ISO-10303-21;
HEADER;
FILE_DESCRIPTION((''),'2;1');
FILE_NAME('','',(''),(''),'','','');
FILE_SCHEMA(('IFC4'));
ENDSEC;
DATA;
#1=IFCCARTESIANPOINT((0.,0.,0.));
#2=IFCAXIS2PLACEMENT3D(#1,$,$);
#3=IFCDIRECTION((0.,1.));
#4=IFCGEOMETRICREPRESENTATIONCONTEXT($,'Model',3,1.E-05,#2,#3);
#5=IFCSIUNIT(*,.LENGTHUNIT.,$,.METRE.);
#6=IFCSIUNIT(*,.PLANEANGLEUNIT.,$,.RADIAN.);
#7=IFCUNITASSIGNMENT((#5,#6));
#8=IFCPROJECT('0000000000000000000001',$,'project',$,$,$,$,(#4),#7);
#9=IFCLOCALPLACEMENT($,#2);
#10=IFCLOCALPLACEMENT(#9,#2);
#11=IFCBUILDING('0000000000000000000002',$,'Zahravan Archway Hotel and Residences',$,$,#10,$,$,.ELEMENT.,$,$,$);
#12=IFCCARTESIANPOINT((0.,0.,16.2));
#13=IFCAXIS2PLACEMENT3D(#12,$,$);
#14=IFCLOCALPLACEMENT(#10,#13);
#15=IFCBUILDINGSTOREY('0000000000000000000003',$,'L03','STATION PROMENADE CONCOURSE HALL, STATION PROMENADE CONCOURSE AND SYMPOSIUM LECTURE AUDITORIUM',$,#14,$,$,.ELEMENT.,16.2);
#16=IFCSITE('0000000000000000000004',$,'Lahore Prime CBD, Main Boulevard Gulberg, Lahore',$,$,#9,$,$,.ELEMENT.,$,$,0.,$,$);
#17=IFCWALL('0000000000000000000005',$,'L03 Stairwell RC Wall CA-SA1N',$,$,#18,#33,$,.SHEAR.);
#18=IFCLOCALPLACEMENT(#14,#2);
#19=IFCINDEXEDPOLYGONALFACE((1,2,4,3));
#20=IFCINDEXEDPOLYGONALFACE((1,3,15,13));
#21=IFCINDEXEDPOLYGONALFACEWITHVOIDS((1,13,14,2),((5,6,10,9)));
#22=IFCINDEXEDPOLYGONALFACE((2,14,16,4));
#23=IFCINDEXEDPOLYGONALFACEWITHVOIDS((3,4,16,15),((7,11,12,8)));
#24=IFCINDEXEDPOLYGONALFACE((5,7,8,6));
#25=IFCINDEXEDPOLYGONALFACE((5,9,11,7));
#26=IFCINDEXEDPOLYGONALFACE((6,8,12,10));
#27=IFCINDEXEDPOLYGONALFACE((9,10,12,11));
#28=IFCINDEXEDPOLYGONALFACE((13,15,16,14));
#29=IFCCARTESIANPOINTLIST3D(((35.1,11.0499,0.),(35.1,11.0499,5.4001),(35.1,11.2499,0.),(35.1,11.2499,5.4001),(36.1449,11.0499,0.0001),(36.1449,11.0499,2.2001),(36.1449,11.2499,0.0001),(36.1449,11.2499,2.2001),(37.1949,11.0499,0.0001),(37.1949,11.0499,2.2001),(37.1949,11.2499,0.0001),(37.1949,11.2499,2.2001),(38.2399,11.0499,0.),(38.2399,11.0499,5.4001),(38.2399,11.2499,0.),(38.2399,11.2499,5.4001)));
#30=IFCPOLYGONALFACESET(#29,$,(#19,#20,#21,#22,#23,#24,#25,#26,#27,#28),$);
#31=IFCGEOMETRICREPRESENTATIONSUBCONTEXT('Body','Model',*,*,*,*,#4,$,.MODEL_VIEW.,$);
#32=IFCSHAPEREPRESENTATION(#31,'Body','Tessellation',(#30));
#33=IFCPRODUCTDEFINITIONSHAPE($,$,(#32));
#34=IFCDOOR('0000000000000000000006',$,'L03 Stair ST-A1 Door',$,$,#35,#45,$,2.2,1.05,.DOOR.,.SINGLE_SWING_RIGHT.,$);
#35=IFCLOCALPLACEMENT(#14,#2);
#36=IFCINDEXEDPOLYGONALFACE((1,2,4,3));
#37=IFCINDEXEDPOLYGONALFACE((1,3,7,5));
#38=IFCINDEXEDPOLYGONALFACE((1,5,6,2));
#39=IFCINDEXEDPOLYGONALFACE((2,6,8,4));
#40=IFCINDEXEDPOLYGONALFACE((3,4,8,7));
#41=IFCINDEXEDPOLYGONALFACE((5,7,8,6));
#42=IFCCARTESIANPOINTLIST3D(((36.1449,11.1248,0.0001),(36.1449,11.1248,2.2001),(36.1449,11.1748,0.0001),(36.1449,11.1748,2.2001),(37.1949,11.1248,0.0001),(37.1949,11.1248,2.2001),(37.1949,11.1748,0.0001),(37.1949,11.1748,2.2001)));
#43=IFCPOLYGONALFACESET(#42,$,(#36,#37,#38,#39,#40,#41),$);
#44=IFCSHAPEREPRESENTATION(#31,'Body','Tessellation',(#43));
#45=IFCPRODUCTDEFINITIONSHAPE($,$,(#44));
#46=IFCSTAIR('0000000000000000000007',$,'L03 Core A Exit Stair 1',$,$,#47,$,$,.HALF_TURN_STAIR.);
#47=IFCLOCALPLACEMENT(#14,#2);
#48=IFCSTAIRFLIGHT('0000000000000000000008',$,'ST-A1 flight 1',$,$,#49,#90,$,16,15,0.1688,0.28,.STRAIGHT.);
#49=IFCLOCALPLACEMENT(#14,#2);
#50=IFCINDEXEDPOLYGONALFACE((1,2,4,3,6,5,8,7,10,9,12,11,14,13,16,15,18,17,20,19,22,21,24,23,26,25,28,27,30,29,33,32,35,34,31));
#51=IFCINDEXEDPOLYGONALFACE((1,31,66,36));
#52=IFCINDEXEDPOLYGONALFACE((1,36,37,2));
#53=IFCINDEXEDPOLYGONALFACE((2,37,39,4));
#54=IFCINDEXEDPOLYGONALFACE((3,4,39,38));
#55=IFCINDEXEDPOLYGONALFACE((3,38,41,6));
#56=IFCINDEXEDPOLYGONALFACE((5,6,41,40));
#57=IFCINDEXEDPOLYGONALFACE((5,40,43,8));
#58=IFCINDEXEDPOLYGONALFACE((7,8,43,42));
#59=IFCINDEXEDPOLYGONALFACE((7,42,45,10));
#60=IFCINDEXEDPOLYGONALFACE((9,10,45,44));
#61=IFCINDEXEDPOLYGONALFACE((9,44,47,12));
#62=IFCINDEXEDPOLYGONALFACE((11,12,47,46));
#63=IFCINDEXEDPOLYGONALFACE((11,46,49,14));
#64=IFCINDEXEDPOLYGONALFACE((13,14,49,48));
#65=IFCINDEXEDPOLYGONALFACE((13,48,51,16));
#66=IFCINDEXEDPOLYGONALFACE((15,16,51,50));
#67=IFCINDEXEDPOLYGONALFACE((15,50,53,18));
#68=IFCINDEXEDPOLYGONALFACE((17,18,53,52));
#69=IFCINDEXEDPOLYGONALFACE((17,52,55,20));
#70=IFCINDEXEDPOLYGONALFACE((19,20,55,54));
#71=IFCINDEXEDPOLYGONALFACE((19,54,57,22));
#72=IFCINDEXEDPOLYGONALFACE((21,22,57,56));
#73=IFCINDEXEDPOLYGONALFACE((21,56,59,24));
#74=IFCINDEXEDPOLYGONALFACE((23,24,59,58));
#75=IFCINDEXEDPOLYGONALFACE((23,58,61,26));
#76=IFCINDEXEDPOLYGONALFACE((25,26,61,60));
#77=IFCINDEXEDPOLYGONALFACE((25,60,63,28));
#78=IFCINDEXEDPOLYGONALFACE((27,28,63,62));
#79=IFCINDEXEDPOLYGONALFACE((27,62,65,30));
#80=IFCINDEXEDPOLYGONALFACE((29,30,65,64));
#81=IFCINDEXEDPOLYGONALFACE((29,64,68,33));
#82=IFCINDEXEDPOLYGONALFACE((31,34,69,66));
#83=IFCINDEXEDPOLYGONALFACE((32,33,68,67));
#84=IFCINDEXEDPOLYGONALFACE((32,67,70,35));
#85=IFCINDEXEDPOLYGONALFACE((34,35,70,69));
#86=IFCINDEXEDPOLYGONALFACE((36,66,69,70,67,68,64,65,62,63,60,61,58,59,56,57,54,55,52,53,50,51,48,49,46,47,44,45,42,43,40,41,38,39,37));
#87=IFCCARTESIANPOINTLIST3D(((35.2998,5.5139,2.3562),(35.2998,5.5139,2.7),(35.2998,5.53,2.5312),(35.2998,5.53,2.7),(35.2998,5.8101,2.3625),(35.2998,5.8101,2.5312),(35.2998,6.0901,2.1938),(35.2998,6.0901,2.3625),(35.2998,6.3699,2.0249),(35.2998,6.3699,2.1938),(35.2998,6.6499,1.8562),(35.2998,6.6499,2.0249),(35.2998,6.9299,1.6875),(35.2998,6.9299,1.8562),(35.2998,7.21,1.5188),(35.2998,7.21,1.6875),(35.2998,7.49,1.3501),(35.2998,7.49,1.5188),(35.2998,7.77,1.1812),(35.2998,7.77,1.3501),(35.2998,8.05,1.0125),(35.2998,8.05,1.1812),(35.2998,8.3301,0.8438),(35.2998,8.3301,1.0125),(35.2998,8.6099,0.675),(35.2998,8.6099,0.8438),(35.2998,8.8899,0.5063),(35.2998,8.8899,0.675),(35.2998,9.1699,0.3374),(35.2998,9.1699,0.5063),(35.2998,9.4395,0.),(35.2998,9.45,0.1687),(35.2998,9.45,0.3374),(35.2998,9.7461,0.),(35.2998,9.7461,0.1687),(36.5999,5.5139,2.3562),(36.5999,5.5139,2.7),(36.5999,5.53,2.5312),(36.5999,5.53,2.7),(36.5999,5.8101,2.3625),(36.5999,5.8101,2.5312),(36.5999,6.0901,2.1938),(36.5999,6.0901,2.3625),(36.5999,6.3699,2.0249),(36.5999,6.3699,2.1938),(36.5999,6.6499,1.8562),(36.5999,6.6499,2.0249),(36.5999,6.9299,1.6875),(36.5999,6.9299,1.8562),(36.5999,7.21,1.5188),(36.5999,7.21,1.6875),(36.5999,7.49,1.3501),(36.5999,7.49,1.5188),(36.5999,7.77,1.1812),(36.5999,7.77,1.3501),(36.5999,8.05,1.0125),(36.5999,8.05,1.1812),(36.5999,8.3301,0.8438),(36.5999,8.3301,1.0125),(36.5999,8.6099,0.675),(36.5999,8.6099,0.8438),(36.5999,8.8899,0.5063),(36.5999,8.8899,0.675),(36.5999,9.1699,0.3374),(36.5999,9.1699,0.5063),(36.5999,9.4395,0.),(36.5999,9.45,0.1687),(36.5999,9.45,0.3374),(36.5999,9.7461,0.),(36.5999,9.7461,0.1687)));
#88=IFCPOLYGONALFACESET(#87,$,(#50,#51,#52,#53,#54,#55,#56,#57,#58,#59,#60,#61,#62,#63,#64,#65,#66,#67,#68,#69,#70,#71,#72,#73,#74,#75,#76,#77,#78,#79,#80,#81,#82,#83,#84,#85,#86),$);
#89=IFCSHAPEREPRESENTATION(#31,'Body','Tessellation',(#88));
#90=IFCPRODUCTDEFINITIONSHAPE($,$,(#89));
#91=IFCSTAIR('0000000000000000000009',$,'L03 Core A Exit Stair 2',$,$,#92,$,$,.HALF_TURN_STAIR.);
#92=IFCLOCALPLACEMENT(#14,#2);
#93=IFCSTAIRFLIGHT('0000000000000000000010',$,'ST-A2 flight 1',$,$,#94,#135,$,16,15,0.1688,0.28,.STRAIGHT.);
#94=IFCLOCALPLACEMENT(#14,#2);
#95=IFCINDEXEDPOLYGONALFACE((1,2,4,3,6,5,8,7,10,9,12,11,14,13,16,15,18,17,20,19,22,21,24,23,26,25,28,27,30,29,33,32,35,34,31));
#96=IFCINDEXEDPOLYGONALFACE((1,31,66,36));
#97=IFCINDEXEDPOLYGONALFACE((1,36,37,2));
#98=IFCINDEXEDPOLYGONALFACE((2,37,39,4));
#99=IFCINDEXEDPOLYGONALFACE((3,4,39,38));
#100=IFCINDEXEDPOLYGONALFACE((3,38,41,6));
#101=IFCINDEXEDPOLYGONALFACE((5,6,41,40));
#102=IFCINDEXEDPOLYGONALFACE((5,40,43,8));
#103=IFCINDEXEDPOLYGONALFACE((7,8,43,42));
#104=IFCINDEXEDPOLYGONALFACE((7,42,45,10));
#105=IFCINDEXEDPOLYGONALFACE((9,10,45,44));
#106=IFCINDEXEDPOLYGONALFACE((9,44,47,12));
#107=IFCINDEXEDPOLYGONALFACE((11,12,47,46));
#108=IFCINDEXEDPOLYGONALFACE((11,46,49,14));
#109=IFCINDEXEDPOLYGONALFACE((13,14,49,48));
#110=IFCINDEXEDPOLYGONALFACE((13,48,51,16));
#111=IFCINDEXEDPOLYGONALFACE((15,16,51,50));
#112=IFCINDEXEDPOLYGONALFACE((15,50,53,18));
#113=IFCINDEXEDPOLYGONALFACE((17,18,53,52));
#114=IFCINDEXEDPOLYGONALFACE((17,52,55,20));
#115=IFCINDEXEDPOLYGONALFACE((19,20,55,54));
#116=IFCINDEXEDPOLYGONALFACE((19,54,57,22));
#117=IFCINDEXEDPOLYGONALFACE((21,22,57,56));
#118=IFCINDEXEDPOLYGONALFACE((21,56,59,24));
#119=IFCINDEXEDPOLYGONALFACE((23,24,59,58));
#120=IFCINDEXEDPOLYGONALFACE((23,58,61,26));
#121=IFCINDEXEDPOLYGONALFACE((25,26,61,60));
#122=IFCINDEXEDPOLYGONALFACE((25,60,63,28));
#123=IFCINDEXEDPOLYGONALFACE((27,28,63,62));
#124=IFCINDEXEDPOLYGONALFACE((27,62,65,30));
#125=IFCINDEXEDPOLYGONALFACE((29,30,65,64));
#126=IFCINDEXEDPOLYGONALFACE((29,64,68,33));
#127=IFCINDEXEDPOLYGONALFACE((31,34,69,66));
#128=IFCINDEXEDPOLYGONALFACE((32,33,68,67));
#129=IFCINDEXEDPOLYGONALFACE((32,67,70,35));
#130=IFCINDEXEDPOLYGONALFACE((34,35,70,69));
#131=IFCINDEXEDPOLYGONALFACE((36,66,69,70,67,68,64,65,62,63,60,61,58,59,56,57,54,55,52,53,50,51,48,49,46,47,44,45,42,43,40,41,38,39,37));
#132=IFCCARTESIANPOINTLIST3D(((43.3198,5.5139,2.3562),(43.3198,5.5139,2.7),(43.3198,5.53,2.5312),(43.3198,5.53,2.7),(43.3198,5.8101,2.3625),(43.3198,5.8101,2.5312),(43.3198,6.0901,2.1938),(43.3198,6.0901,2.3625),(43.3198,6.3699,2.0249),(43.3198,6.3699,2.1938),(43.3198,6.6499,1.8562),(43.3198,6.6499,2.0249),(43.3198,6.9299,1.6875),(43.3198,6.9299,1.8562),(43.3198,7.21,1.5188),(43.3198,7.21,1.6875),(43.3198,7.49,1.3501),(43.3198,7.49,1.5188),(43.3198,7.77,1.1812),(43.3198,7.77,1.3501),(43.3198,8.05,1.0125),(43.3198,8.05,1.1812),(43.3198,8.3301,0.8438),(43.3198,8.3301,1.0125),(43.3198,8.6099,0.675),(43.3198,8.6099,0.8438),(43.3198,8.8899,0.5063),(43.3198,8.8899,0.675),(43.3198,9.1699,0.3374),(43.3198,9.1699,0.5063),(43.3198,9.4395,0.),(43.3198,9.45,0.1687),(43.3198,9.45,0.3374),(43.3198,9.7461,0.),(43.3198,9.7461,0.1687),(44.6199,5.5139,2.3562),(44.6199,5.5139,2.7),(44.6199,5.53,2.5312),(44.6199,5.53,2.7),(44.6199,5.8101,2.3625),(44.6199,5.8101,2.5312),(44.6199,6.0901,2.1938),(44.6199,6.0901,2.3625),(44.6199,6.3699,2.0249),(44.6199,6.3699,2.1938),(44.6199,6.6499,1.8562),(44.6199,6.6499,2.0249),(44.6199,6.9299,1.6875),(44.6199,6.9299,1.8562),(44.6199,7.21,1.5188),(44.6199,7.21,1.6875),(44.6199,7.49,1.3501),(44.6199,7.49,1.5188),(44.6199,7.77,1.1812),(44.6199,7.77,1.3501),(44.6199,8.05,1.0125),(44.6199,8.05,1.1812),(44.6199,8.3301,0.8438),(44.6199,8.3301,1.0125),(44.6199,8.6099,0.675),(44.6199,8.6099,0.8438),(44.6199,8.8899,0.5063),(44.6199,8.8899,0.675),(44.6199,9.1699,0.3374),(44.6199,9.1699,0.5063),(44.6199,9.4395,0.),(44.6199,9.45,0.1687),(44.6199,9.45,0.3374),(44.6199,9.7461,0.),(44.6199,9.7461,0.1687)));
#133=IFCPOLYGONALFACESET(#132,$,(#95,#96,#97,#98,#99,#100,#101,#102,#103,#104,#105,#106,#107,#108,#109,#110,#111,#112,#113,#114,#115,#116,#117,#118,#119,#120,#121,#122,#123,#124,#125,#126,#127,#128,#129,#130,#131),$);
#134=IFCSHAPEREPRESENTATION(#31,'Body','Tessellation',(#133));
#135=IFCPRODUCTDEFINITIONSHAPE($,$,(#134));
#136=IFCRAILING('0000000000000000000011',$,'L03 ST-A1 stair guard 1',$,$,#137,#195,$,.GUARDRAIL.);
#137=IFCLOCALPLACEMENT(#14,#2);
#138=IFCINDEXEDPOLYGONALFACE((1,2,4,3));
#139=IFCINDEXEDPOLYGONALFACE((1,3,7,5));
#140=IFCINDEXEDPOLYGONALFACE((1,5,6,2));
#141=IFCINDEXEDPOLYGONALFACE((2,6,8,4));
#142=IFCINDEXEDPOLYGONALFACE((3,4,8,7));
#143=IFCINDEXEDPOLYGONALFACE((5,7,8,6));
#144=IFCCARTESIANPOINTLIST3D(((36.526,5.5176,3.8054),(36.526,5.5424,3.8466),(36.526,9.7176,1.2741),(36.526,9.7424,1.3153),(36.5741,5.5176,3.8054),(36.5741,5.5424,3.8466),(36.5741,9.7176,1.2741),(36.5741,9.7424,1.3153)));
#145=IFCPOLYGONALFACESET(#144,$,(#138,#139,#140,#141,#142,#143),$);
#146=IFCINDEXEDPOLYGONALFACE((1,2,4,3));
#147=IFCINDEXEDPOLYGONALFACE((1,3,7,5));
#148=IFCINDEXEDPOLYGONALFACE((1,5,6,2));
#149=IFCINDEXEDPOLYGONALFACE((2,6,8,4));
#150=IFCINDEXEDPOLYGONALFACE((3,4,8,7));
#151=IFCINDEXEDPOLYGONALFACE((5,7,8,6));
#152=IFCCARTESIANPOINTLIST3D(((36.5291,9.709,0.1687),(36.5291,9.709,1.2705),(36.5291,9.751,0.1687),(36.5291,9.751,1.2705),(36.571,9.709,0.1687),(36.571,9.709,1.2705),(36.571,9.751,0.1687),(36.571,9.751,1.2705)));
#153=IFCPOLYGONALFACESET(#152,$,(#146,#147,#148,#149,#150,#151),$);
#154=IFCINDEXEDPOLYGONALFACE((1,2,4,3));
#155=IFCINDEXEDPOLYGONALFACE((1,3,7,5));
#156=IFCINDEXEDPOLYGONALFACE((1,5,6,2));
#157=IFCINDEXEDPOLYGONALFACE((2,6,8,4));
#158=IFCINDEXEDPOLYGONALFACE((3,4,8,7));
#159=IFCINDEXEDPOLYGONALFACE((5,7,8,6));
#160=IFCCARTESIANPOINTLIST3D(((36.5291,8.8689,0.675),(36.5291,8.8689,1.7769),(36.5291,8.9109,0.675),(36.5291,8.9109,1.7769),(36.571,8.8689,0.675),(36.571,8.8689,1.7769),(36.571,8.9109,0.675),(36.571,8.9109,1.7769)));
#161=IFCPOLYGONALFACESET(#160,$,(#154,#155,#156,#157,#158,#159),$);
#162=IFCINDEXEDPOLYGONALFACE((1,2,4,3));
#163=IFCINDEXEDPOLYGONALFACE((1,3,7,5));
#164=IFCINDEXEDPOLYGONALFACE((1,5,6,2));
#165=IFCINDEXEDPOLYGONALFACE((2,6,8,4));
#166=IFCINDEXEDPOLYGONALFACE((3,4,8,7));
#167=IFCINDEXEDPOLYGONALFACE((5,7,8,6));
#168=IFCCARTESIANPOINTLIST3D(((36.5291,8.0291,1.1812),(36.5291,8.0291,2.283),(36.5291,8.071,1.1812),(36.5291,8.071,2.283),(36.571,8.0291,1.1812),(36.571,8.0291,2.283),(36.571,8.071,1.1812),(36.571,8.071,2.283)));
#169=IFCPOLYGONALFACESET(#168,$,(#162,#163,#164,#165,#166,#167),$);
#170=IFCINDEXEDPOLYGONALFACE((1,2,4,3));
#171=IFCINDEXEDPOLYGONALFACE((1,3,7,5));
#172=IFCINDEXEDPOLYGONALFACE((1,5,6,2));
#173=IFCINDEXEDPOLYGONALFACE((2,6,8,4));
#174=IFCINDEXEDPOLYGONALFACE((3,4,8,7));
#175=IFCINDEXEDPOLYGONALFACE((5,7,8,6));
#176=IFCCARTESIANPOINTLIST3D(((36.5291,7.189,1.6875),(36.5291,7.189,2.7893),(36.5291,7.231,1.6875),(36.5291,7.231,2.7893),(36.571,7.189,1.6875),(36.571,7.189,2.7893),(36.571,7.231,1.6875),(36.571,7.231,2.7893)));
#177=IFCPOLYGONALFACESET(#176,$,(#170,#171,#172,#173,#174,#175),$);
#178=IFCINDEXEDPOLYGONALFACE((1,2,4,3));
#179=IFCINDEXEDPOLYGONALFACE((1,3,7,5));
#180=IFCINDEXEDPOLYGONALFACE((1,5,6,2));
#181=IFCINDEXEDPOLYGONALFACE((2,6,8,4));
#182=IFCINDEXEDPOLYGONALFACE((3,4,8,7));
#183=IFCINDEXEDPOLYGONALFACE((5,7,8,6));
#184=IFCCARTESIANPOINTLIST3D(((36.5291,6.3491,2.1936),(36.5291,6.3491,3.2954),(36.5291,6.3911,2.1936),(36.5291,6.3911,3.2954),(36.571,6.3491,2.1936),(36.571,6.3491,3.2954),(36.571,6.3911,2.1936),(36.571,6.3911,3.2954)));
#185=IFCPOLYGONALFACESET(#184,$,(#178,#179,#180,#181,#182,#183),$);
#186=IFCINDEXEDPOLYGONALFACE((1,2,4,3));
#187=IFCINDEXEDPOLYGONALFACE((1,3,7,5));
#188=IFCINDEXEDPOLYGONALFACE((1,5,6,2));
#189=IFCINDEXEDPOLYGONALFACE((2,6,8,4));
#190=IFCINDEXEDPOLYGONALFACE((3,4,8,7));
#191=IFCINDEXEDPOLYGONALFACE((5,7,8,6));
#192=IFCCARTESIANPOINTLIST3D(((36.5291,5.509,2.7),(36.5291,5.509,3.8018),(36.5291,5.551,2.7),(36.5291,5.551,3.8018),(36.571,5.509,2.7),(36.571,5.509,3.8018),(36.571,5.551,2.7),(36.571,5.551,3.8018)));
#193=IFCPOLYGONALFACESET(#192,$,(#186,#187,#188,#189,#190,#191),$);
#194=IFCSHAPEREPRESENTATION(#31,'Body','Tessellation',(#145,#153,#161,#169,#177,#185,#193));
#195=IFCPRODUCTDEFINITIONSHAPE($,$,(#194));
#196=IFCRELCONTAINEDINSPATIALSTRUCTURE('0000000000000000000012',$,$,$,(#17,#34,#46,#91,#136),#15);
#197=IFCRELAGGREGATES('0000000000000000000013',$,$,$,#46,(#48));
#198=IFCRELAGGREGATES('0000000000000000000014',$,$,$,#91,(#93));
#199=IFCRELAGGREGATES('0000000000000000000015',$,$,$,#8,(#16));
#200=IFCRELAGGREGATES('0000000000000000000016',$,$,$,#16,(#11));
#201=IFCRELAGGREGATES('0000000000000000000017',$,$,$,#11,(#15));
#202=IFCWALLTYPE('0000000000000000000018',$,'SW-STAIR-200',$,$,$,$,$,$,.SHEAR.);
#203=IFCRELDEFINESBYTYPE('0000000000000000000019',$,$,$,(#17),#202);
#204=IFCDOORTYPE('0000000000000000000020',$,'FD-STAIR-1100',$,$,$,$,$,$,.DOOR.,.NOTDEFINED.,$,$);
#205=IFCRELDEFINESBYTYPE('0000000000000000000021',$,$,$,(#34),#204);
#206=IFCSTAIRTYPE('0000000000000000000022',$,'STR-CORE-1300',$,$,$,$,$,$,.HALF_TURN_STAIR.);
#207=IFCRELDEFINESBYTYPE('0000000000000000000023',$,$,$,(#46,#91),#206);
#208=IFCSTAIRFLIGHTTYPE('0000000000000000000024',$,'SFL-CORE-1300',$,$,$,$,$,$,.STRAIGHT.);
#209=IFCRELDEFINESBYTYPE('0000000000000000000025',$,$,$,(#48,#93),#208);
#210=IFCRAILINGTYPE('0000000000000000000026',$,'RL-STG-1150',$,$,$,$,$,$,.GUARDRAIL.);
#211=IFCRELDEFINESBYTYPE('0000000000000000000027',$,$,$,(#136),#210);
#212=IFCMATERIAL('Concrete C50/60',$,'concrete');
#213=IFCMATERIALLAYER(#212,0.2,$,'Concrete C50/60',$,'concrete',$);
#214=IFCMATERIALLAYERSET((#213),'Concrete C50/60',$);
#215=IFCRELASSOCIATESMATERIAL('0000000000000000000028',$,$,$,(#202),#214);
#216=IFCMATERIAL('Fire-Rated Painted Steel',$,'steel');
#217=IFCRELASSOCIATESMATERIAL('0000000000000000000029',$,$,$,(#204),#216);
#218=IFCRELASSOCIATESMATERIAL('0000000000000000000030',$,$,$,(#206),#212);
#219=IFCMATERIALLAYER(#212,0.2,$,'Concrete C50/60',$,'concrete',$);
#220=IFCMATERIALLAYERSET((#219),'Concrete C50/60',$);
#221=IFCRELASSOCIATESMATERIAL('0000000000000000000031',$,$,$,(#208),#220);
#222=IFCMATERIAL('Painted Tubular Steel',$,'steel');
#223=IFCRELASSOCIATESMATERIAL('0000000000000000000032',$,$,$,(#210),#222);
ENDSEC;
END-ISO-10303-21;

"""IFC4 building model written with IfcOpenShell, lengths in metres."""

from ifc_helpers import new_model, si_unit, direction, frame, frame_2d, origin, origin_2d, place, context, subcontext, project, spatial, polyline, rectangle, outline, extrude, source, transform, mapped, material, layer, layer_set, type_object, type_shapes, element, fill, aggregate, save


model = new_model("IFC4")

# Units and contexts
model_context = context("Model", 3, precision=1e-05, world=origin(), true_north=direction((0.0, 1.0)))
body_context = subcontext(model_context, "Body", "Model", "MODEL_VIEW")
ifc_project = project(units=[si_unit("LENGTHUNIT", "METRE"), si_unit("PLANEANGLEUNIT", "RADIAN")], contexts=[model_context])

# Site, building, storey
site_placement = place(None, origin())
site = spatial("IfcSite", under=ifc_project, at=site_placement, Name="Lahore Prime CBD, Main Boulevard Gulberg, Lahore", CompositionType="ELEMENT", RefElevation=0.0)
building_placement = place(site_placement, origin())
building = spatial("IfcBuilding", under=site, at=building_placement, Name="Zahravan Archway Hotel and Residences", CompositionType="ELEMENT")
storey_placement = place(building_placement, frame((0.0, 0.0, 16.2)))
storey = spatial("IfcBuildingStorey", under=building, at=storey_placement, Name="L03", Description="STATION PROMENADE CONCOURSE HALL, STATION PROMENADE CONCOURSE AND SYMPOSIUM LECTURE AUDITORIUM", CompositionType="ELEMENT", Elevation=16.2)

# Wall, opening, door
ifc_material_1 = material(Name="Concrete C50/60", Category="concrete")
ifc_layer_1 = layer(ifc_material_1, 0.2, Name="Concrete C50/60", Category="concrete")
ifc_layer_set_1 = layer_set([ifc_layer_1], Name="Concrete C50/60")
wall_type_1 = type_object("IfcWallType", Name="SW-STAIR-200", PredefinedType="SHEAR", material=ifc_layer_set_1)
wall_1_placement = place(storey_placement, frame((35.1001, 11.1499, 0.0), z_axis=(0.0, 0.0, 1.0), x_axis=(1.0, 0.0, 0.0)))
wall_1 = element("IfcWall", 1, at=wall_1_placement, inside=storey, type_object=wall_type_1, Name="L03 Stairwell RC Wall CA-SA1N", PredefinedType="SHEAR", context=body_context, shape_type="SweptSolid", body=[
    extrude(rectangle(XDim=3.1399, YDim=0.2, at=frame_2d((1.5698, 0.0))), origin(), (0.0, 0.0, 1.0), 5.4001),
])
opening_1_placement = place(wall_1_placement, frame((1.0449, 0.0, 0.0)))
opening_1 = element("IfcOpeningElement", 2, at=opening_1_placement, cuts=wall_1, PredefinedType="OPENING", context=body_context, shape_type="SweptSolid", body=[
    extrude(rectangle(XDim=1.05, YDim=2.2, at=frame_2d((0.5249, 1.1001))), frame((0.0, 0.1099, 0.0), z_axis=(0.0, -1.0, 0.0), x_axis=(1.0, 0.0, 0.0)), (0.0, 0.0, 1.0), 0.22),
])
ifc_material_2 = material(Name="Fire-Rated Painted Steel", Category="steel")
door_type_1 = type_object("IfcDoorType", Name="FD-STAIR-1100", OperationType="NOTDEFINED", PredefinedType="DOOR", material=ifc_material_2)
shared_shape_1 = source(origin(), body_context, "Body", "SweptSolid", [
    extrude(rectangle(XDim=1.05, YDim=2.2, at=frame_2d((0.5249, 1.1001))), frame((0.0, 0.0249, 0.0), z_axis=(0.0, -1.0, 0.0), x_axis=(1.0, 0.0, 0.0)), (0.0, 0.0, 1.0), 0.05),
])
type_shapes(door_type_1, [shared_shape_1])
door_1_placement = place(opening_1_placement, origin())
door_1 = element("IfcDoor", 3, at=door_1_placement, inside=storey, type_object=door_type_1, Name="L03 Stair ST-A1 Door", OperationType="SINGLE_SWING_RIGHT", OverallHeight=2.2, OverallWidth=1.05, PredefinedType="DOOR", context=body_context, shape_type="MappedRepresentation", body=[
    mapped(shared_shape_1, transform((0.0, 0.0, 0.0), scale=1.0)),
])
fill(opening_1, door_1)

# Stairs, stair flights
stair_type = type_object("IfcStairType", Name="STR-CORE-1300", PredefinedType="HALF_TURN_STAIR", material=ifc_material_1)
stair_1_placement = place(storey_placement, origin())
stair_1 = element("IfcStair", 4, at=stair_1_placement, inside=storey, type_object=stair_type, Name="L03 Core A Exit Stair 1", PredefinedType="HALF_TURN_STAIR")
ifc_layer_2 = layer(ifc_material_1, 0.2, Name="Concrete C50/60", Category="concrete")
ifc_layer_set_2 = layer_set([ifc_layer_2], Name="Concrete C50/60")
stair_flight_type = type_object("IfcStairFlightType", Name="SFL-CORE-1300", PredefinedType="STRAIGHT", material=ifc_layer_set_2)
shared_shape_2 = source(origin(), body_context, "Body", "SweptSolid", [
    extrude(outline(polyline([(-0.0161, 0.0), (-0.0161, 0.1687), (0.28, 0.1687), (0.28, 0.3374), (0.5601, 0.3374), (0.5601, 0.5063), (0.8401, 0.5063), (0.8401, 0.675), (1.1201, 0.675), (1.1201, 0.8438), (1.3999, 0.8438), (1.3999, 1.0125), (1.6799, 1.0125), (1.6799, 1.1812), (1.96, 1.1812), (1.96, 1.3501), (2.24, 1.3501), (2.24, 1.5188), (2.52, 1.5188), (2.52, 1.6875), (2.8, 1.6875), (2.8, 1.8562), (3.0801, 1.8562), (3.0801, 2.0249), (3.3601, 2.0249), (3.3601, 2.1938), (3.6399, 2.1938), (3.6399, 2.3625), (3.9199, 2.3625), (3.9199, 2.5312), (4.2, 2.5312), (4.2, 2.7), (4.2161, 2.7), (4.2161, 2.3562), (0.2905, 0.0), (-0.0161, 0.0)])), frame((0.0, 0.6499, 0.0), z_axis=(0.0, -1.0, 0.0), x_axis=(1.0, 0.0, 0.0)), (0.0, 0.0, 1.0), 1.3),
])
stair_flight_1_placement = place(storey_placement, frame((35.95, 9.73, 0.0), z_axis=(0.0, 0.0, 1.0), x_axis=(0.0, -1.0, 0.0)))
stair_flight_1 = element("IfcStairFlight", 5, at=stair_flight_1_placement, type_object=stair_flight_type, Name="ST-A1 flight 1", NumberOfRisers=16, NumberOfTreads=15, PredefinedType="STRAIGHT", RiserHeight=0.1688, TreadLength=0.28, context=body_context, shape_type="MappedRepresentation", body=[
    mapped(shared_shape_2, transform((0.0, 0.0, 0.0), scale=1.0)),
])
aggregate(stair_1, [stair_flight_1])
stair_2_placement = place(storey_placement, origin())
stair_2 = element("IfcStair", 6, at=stair_2_placement, inside=storey, type_object=stair_type, Name="L03 Core A Exit Stair 2", PredefinedType="HALF_TURN_STAIR")
stair_flight_2_placement = place(storey_placement, frame((43.97, 9.73, 0.0), z_axis=(0.0, 0.0, 1.0), x_axis=(0.0, -1.0, 0.0)))
stair_flight_2 = element("IfcStairFlight", 7, at=stair_flight_2_placement, type_object=stair_flight_type, Name="ST-A2 flight 1", NumberOfRisers=16, NumberOfTreads=15, PredefinedType="STRAIGHT", RiserHeight=0.1688, TreadLength=0.28, context=body_context, shape_type="MappedRepresentation", body=[
    mapped(shared_shape_2, transform((0.0, 0.0, 0.0), scale=1.0)),
])
aggregate(stair_2, [stair_flight_2])

# Railing
ifc_material_3 = material(Name="Painted Tubular Steel", Category="steel")
railing_type_1 = type_object("IfcRailingType", Name="RL-STG-1150", PredefinedType="GUARDRAIL", material=ifc_material_3)
railing_1_placement = place(storey_placement, frame((36.55, 9.73, 0.1687)))
element("IfcRailing", 8, at=railing_1_placement, inside=storey, type_object=railing_type_1, Name="L03 ST-A1 stair guard 1", PredefinedType="GUARDRAIL", context=body_context, shape_type="SweptSolid", body=[
    extrude(rectangle(XDim=0.0481, YDim=0.0481, at=origin_2d()), frame((0.0, 0.0, 1.126), z_axis=(0.0, -0.856476, 0.516186), x_axis=(1.0, 0.0, 0.0)), (0.0, 0.0, 1.0), 4.9038),
    extrude(rectangle(XDim=0.042, YDim=0.042, at=origin_2d()), origin(), (0.0, 0.0, 1.0), 1.1018),
    extrude(rectangle(XDim=0.042, YDim=0.042, at=origin_2d()), frame((0.0, -0.8401, 0.5063)), (0.0, 0.0, 1.0), 1.1018),
    extrude(rectangle(XDim=0.042, YDim=0.042, at=origin_2d()), frame((0.0, -1.6799, 1.0125)), (0.0, 0.0, 1.0), 1.1018),
    extrude(rectangle(XDim=0.042, YDim=0.042, at=origin_2d()), frame((0.0, -2.52, 1.5188)), (0.0, 0.0, 1.0), 1.1018),
    extrude(rectangle(XDim=0.042, YDim=0.042, at=origin_2d()), frame((0.0, -3.3599, 2.0249)), (0.0, 0.0, 1.0), 1.1018),
    extrude(rectangle(XDim=0.042, YDim=0.042, at=origin_2d()), frame((0.0, -4.2, 2.5312)), (0.0, 0.0, 1.0), 1.1018),
])

save(model, "model.ifc")
